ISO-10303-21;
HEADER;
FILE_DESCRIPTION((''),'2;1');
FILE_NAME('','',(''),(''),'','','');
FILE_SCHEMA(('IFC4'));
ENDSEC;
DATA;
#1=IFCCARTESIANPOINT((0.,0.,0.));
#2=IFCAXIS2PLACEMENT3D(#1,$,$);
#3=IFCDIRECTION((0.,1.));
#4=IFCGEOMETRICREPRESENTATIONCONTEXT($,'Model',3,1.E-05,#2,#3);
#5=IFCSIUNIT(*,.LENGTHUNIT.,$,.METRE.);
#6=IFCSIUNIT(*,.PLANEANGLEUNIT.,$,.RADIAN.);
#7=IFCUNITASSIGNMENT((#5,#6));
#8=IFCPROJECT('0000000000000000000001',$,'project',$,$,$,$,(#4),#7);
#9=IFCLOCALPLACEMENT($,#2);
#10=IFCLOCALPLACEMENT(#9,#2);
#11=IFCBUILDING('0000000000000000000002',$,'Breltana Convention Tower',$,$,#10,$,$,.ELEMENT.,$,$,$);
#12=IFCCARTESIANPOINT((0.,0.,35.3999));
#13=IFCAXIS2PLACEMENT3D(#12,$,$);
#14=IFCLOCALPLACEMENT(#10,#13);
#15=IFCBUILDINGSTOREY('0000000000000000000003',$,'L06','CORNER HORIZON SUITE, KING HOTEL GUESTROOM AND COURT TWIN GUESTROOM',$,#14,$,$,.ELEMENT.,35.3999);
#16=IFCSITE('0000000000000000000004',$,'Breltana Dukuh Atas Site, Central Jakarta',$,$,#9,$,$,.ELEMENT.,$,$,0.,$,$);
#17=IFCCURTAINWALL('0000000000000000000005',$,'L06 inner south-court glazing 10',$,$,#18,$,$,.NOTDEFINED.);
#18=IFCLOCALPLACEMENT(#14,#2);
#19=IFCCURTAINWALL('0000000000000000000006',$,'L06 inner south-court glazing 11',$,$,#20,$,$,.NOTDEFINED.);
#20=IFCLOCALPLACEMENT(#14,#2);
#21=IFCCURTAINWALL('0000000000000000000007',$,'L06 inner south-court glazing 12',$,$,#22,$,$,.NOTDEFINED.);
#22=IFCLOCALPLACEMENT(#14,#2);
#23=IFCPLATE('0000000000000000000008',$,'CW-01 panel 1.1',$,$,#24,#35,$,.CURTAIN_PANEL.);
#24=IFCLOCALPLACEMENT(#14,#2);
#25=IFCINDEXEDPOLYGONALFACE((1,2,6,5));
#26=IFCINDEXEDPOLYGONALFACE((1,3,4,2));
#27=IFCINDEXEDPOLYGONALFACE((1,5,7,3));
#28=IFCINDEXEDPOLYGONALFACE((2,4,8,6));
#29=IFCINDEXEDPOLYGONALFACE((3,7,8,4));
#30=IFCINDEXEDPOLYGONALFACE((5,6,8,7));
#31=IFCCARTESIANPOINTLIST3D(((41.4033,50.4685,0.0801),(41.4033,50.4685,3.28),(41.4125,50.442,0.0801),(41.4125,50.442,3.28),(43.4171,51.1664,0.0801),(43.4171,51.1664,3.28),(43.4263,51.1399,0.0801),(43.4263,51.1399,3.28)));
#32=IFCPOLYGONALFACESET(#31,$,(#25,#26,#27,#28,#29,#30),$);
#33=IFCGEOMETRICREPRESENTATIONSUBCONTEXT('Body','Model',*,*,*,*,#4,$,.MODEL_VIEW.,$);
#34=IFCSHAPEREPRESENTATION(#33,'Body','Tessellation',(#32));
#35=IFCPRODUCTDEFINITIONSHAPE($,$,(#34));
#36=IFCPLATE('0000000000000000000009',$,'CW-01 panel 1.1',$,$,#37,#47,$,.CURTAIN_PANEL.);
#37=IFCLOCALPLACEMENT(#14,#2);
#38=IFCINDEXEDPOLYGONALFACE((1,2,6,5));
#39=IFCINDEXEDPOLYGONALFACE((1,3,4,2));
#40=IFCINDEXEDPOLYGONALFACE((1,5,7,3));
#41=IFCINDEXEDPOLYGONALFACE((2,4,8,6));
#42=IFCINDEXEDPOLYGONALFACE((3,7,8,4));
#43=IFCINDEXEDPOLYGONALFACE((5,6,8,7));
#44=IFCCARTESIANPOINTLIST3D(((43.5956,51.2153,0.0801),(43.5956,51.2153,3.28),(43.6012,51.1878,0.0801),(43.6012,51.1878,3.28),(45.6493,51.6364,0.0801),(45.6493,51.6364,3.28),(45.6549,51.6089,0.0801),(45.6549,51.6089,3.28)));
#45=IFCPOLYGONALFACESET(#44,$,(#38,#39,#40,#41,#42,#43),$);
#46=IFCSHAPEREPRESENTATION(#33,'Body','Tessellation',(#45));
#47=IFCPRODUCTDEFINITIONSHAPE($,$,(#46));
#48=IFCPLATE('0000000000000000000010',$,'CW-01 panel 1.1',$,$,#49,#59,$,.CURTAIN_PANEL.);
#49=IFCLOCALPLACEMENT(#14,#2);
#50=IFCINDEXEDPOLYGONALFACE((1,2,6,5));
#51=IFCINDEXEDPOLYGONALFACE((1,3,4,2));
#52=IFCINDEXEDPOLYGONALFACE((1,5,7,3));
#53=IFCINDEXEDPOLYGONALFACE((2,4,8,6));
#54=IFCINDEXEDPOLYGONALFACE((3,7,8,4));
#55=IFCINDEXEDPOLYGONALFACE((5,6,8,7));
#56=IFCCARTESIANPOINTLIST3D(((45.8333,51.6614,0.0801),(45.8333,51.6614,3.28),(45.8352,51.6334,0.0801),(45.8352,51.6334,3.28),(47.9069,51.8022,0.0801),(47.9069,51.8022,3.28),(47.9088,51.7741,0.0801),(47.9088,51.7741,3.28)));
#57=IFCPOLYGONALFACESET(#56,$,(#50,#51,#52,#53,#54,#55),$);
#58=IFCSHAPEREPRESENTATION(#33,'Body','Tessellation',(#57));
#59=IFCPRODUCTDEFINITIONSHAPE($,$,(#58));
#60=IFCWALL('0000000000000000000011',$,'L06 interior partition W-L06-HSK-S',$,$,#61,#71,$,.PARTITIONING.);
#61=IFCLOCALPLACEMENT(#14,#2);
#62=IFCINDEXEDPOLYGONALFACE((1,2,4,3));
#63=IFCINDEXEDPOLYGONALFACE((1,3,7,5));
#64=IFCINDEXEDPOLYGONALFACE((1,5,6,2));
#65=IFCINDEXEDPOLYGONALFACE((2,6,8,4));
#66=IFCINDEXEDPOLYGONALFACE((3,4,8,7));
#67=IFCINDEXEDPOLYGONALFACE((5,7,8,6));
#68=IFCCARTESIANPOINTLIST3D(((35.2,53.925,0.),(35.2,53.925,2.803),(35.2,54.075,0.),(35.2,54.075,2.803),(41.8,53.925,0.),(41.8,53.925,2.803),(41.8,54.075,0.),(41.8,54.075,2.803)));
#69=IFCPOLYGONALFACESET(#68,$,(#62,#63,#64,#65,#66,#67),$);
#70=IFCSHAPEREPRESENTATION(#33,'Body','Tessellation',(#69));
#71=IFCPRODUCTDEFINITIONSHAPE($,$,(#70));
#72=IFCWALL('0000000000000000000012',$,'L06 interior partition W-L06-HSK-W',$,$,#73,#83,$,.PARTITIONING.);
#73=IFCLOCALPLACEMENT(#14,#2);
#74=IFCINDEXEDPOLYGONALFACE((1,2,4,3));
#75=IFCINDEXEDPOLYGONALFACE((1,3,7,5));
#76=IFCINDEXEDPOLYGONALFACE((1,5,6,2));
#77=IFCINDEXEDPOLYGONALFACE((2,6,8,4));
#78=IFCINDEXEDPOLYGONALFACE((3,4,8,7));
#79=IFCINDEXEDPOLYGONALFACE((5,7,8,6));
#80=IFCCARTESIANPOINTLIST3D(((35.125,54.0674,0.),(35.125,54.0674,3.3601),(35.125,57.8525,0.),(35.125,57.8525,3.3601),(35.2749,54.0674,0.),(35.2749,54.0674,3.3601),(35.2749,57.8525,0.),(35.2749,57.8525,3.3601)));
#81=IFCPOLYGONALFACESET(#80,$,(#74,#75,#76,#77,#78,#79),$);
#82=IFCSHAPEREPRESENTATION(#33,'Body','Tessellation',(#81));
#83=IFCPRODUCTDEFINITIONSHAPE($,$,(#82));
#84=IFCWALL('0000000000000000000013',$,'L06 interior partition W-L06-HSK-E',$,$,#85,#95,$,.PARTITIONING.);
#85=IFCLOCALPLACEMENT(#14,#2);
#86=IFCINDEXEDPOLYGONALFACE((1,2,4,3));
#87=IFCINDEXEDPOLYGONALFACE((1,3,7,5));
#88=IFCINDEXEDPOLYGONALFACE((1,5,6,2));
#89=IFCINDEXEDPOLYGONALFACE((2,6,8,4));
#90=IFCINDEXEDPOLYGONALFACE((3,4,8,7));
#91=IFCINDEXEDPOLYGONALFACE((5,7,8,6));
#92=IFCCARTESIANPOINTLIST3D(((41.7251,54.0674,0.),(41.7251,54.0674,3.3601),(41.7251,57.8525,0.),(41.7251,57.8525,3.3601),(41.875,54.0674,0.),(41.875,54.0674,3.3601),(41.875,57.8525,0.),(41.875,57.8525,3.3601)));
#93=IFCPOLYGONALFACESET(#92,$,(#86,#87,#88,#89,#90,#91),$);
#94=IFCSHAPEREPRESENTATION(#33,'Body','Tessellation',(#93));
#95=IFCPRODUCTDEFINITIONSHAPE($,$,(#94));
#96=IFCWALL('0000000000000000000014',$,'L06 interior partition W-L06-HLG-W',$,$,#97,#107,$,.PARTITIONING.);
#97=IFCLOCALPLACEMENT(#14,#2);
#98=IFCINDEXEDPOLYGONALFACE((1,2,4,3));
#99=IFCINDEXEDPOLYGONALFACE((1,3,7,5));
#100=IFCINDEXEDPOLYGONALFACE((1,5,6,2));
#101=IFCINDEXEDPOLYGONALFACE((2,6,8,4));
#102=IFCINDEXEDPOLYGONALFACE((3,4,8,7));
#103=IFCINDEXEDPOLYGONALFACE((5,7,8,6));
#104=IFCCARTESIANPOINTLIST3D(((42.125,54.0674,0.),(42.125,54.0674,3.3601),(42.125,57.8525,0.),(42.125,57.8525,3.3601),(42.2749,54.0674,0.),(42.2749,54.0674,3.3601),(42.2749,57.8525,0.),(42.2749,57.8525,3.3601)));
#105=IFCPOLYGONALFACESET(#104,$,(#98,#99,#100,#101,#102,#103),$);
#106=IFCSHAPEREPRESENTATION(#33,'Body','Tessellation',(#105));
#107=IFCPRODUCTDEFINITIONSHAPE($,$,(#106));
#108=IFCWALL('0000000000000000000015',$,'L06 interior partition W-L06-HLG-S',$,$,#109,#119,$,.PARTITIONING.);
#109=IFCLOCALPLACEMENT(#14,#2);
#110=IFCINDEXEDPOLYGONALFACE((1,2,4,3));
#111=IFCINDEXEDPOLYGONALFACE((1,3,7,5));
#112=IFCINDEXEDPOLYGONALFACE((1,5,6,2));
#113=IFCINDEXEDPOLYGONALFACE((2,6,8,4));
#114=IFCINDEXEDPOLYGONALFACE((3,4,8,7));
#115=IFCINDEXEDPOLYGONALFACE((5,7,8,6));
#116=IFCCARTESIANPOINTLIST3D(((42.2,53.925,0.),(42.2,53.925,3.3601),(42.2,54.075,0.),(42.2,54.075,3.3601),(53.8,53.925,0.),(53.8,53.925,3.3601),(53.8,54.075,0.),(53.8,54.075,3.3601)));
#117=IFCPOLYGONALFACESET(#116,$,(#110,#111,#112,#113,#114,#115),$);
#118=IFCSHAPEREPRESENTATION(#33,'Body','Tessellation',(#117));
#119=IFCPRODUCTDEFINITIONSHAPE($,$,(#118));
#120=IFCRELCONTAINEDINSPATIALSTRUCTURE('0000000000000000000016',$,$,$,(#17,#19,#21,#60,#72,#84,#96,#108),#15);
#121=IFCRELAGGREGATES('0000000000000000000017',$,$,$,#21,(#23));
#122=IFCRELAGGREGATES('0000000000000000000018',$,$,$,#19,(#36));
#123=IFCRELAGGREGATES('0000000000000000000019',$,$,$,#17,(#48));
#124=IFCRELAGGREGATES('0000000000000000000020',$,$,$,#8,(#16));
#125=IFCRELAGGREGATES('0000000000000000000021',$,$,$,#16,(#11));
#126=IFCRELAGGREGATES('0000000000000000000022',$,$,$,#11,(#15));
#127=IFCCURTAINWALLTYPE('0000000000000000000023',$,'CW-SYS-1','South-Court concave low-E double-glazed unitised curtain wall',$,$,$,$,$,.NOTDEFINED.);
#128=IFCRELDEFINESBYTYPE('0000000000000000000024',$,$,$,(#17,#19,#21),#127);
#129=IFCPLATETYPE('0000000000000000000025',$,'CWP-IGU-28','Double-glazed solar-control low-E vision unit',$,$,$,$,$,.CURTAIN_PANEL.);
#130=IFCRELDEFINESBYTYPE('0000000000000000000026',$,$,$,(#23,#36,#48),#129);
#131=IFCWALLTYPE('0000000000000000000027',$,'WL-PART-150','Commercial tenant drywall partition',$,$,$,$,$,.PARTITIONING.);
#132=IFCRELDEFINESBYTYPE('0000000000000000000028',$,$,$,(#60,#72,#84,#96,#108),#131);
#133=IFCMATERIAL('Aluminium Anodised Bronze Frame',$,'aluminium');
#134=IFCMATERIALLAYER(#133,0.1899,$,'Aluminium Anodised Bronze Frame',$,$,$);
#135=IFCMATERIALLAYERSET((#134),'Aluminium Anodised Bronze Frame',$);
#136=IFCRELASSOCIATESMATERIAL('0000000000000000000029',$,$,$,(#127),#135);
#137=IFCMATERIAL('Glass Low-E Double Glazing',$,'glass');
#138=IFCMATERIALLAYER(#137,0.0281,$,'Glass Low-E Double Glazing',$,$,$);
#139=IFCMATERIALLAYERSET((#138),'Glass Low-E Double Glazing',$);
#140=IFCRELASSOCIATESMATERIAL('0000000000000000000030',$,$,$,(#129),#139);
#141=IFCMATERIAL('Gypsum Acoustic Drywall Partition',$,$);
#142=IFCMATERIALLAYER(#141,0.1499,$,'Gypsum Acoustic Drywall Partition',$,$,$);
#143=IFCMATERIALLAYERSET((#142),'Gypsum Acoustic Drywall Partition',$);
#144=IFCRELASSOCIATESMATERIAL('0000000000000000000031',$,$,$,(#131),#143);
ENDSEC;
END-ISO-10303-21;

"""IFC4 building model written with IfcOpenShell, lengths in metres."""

from ifc_helpers import new_model, si_unit, direction, frame, frame_2d, origin, origin_2d, place, context, subcontext, project, spatial, rectangle, extrude, source, transform, mapped, material, layer, layer_set, type_object, element, aggregate, save


model = new_model("IFC4")

# Units and contexts
model_context = context("Model", 3, precision=1e-05, world=origin(), true_north=direction((0.0, 1.0)))
body_context = subcontext(model_context, "Body", "Model", "MODEL_VIEW")
ifc_project = project(units=[si_unit("LENGTHUNIT", "METRE"), si_unit("PLANEANGLEUNIT", "RADIAN")], contexts=[model_context])

# Site, building, storey
site_placement = place(None, origin())
site = spatial("IfcSite", under=ifc_project, at=site_placement, Name="Breltana Dukuh Atas Site, Central Jakarta", CompositionType="ELEMENT", RefElevation=0.0)
building_placement = place(site_placement, origin())
building = spatial("IfcBuilding", under=site, at=building_placement, Name="Breltana Convention Tower", CompositionType="ELEMENT")
storey_placement = place(building_placement, frame((0.0, 0.0, 35.3999)))
storey = spatial("IfcBuildingStorey", under=building, at=storey_placement, Name="L06", Description="CORNER HORIZON SUITE, KING HOTEL GUESTROOM AND COURT TWIN GUESTROOM", CompositionType="ELEMENT", Elevation=35.3999)

# Curtain walls
ifc_material_1 = material(Name="Aluminium Anodised Bronze Frame", Category="aluminium")
ifc_layer_1 = layer(ifc_material_1, 0.1899, Name="Aluminium Anodised Bronze Frame")
ifc_layer_set_1 = layer_set([ifc_layer_1], Name="Aluminium Anodised Bronze Frame")
curtain_wall_type = type_object("IfcCurtainWallType", Name="CW-SYS-1", Description="South-Court concave low-E double-glazed unitised curtain wall", PredefinedType="NOTDEFINED", material=ifc_layer_set_1)
curtain_wall_1_placement = place(storey_placement, origin())
curtain_wall_1 = element("IfcCurtainWall", 1, at=curtain_wall_1_placement, inside=storey, type_object=curtain_wall_type, Name="L06 inner south-court glazing 10", PredefinedType="NOTDEFINED")
curtain_wall_2_placement = place(storey_placement, origin())
curtain_wall_2 = element("IfcCurtainWall", 2, at=curtain_wall_2_placement, inside=storey, type_object=curtain_wall_type, Name="L06 inner south-court glazing 11", PredefinedType="NOTDEFINED")
curtain_wall_3_placement = place(storey_placement, origin())
curtain_wall_3 = element("IfcCurtainWall", 3, at=curtain_wall_3_placement, inside=storey, type_object=curtain_wall_type, Name="L06 inner south-court glazing 12", PredefinedType="NOTDEFINED")

# Plates
ifc_material_2 = material(Name="Glass Low-E Double Glazing", Category="glass")
ifc_layer_2 = layer(ifc_material_2, 0.0281, Name="Glass Low-E Double Glazing")
ifc_layer_set_2 = layer_set([ifc_layer_2], Name="Glass Low-E Double Glazing")
plate_type = type_object("IfcPlateType", Name="CWP-IGU-28", Description="Double-glazed solar-control low-E vision unit", PredefinedType="CURTAIN_PANEL", material=ifc_layer_set_2)
shared_shape_1 = source(origin(), body_context, "Body", "SweptSolid", [
    extrude(rectangle(XDim=2.1313, YDim=0.0281, at=origin_2d()), origin(), (0.0, 0.0, 1.0), 3.2),
])
plate_1_placement = place(storey_placement, frame((42.4148, 50.8042, 0.0801), z_axis=(0.0, 0.0, 1.0), x_axis=(-0.944881, -0.327413, 0.0)))
plate_1 = element("IfcPlate", 4, at=plate_1_placement, type_object=plate_type, Name="CW-01 panel 1.1", PredefinedType="CURTAIN_PANEL", context=body_context, shape_type="MappedRepresentation", body=[
    mapped(shared_shape_1, transform((0.0, 0.0, 0.0), scale=1.0)),
])
aggregate(curtain_wall_3, [plate_1])
shared_shape_2 = source(origin(), body_context, "Body", "SweptSolid", [
    extrude(rectangle(XDim=2.0964, YDim=0.0281, at=origin_2d()), origin(), (0.0, 0.0, 1.0), 3.2),
])
plate_2_placement = place(storey_placement, frame((44.6252, 51.4121, 0.0801), z_axis=(0.0, 0.0, 1.0), x_axis=(-0.979615, -0.200886, 0.0)))
plate_2 = element("IfcPlate", 5, at=plate_2_placement, type_object=plate_type, Name="CW-01 panel 1.1", PredefinedType="CURTAIN_PANEL", context=body_context, shape_type="MappedRepresentation", body=[
    mapped(shared_shape_2, transform((0.0, 0.0, 0.0), scale=1.0)),
])
aggregate(curtain_wall_2, [plate_2])
shared_shape_3 = source(origin(), body_context, "Body", "SweptSolid", [
    extrude(rectangle(XDim=2.0784, YDim=0.0281, at=origin_2d()), origin(), (0.0, 0.0, 1.0), 3.2),
])
plate_3_placement = place(storey_placement, frame((46.8711, 51.7178, 0.0801), z_axis=(0.0, 0.0, 1.0), x_axis=(-0.997704, -0.067726, 0.0)))
plate_3 = element("IfcPlate", 6, at=plate_3_placement, type_object=plate_type, Name="CW-01 panel 1.1", PredefinedType="CURTAIN_PANEL", context=body_context, shape_type="MappedRepresentation", body=[
    mapped(shared_shape_3, transform((0.0, 0.0, 0.0), scale=1.0)),
])
aggregate(curtain_wall_1, [plate_3])

# Walls
ifc_material_3 = material(Name="Gypsum Acoustic Drywall Partition")
ifc_layer_3 = layer(ifc_material_3, 0.1499, Name="Gypsum Acoustic Drywall Partition")
ifc_layer_set_3 = layer_set([ifc_layer_3], Name="Gypsum Acoustic Drywall Partition")
wall_type = type_object("IfcWallType", Name="WL-PART-150", Description="Commercial tenant drywall partition", PredefinedType="PARTITIONING", material=ifc_layer_set_3)
shared_shape_4 = source(origin(), body_context, "Body", "SweptSolid", [
    extrude(rectangle(XDim=6.6001, YDim=0.1499, at=frame_2d((3.3, 0.0))), origin(), (0.0, 0.0, 1.0), 2.803),
])
wall_1_placement = place(storey_placement, frame((35.2, 54.0, 0.0), z_axis=(0.0, 0.0, 1.0), x_axis=(1.0, 0.0, 0.0)))
element("IfcWall", 7, at=wall_1_placement, inside=storey, type_object=wall_type, Name="L06 interior partition W-L06-HSK-S", PredefinedType="PARTITIONING", context=body_context, shape_type="MappedRepresentation", body=[
    mapped(shared_shape_4, transform((0.0, 0.0, 0.0), scale=1.0)),
])
shared_shape_5 = source(origin(), body_context, "Body", "SweptSolid", [
    extrude(rectangle(XDim=3.7852, YDim=0.1499, at=frame_2d((1.8926, 0.0))), origin(), (0.0, 0.0, 1.0), 3.3601),
])
for number, where, z_axis, x_axis, name in (
    (8, (35.2, 54.0674, 0.0), (0.0, 0.0, 1.0), (0.0, 1.0, 0.0), "L06 interior partition W-L06-HSK-W"),
    (9, (41.8, 54.0674, 0.0), (0.0, 0.0, 1.0), (0.0, 1.0, 0.0), "L06 interior partition W-L06-HSK-E"),
    (10, (42.2, 54.0674, 0.0), (0.0, 0.0, 1.0), (0.0, 1.0, 0.0), "L06 interior partition W-L06-HLG-W"),
):
    element("IfcWall", number, at=place(storey_placement, frame(where, z_axis=z_axis, x_axis=x_axis)), inside=storey, type_object=wall_type, Name=name, PredefinedType="PARTITIONING", context=body_context, shape_type="MappedRepresentation", body=[
        mapped(shared_shape_5, transform((0.0, 0.0, 0.0), scale=1.0)),
    ])
shared_shape_6 = source(origin(), body_context, "Body", "SweptSolid", [
    extrude(rectangle(XDim=11.6001, YDim=0.1499, at=frame_2d((5.8, 0.0))), origin(), (0.0, 0.0, 1.0), 3.3601),
])
wall_2_placement = place(storey_placement, frame((42.2, 54.0, 0.0), z_axis=(0.0, 0.0, 1.0), x_axis=(1.0, 0.0, 0.0)))
element("IfcWall", 11, at=wall_2_placement, inside=storey, type_object=wall_type, Name="L06 interior partition W-L06-HLG-S", PredefinedType="PARTITIONING", context=body_context, shape_type="MappedRepresentation", body=[
    mapped(shared_shape_6, transform((0.0, 0.0, 0.0), scale=1.0)),
])

save(model, "model.ifc")
